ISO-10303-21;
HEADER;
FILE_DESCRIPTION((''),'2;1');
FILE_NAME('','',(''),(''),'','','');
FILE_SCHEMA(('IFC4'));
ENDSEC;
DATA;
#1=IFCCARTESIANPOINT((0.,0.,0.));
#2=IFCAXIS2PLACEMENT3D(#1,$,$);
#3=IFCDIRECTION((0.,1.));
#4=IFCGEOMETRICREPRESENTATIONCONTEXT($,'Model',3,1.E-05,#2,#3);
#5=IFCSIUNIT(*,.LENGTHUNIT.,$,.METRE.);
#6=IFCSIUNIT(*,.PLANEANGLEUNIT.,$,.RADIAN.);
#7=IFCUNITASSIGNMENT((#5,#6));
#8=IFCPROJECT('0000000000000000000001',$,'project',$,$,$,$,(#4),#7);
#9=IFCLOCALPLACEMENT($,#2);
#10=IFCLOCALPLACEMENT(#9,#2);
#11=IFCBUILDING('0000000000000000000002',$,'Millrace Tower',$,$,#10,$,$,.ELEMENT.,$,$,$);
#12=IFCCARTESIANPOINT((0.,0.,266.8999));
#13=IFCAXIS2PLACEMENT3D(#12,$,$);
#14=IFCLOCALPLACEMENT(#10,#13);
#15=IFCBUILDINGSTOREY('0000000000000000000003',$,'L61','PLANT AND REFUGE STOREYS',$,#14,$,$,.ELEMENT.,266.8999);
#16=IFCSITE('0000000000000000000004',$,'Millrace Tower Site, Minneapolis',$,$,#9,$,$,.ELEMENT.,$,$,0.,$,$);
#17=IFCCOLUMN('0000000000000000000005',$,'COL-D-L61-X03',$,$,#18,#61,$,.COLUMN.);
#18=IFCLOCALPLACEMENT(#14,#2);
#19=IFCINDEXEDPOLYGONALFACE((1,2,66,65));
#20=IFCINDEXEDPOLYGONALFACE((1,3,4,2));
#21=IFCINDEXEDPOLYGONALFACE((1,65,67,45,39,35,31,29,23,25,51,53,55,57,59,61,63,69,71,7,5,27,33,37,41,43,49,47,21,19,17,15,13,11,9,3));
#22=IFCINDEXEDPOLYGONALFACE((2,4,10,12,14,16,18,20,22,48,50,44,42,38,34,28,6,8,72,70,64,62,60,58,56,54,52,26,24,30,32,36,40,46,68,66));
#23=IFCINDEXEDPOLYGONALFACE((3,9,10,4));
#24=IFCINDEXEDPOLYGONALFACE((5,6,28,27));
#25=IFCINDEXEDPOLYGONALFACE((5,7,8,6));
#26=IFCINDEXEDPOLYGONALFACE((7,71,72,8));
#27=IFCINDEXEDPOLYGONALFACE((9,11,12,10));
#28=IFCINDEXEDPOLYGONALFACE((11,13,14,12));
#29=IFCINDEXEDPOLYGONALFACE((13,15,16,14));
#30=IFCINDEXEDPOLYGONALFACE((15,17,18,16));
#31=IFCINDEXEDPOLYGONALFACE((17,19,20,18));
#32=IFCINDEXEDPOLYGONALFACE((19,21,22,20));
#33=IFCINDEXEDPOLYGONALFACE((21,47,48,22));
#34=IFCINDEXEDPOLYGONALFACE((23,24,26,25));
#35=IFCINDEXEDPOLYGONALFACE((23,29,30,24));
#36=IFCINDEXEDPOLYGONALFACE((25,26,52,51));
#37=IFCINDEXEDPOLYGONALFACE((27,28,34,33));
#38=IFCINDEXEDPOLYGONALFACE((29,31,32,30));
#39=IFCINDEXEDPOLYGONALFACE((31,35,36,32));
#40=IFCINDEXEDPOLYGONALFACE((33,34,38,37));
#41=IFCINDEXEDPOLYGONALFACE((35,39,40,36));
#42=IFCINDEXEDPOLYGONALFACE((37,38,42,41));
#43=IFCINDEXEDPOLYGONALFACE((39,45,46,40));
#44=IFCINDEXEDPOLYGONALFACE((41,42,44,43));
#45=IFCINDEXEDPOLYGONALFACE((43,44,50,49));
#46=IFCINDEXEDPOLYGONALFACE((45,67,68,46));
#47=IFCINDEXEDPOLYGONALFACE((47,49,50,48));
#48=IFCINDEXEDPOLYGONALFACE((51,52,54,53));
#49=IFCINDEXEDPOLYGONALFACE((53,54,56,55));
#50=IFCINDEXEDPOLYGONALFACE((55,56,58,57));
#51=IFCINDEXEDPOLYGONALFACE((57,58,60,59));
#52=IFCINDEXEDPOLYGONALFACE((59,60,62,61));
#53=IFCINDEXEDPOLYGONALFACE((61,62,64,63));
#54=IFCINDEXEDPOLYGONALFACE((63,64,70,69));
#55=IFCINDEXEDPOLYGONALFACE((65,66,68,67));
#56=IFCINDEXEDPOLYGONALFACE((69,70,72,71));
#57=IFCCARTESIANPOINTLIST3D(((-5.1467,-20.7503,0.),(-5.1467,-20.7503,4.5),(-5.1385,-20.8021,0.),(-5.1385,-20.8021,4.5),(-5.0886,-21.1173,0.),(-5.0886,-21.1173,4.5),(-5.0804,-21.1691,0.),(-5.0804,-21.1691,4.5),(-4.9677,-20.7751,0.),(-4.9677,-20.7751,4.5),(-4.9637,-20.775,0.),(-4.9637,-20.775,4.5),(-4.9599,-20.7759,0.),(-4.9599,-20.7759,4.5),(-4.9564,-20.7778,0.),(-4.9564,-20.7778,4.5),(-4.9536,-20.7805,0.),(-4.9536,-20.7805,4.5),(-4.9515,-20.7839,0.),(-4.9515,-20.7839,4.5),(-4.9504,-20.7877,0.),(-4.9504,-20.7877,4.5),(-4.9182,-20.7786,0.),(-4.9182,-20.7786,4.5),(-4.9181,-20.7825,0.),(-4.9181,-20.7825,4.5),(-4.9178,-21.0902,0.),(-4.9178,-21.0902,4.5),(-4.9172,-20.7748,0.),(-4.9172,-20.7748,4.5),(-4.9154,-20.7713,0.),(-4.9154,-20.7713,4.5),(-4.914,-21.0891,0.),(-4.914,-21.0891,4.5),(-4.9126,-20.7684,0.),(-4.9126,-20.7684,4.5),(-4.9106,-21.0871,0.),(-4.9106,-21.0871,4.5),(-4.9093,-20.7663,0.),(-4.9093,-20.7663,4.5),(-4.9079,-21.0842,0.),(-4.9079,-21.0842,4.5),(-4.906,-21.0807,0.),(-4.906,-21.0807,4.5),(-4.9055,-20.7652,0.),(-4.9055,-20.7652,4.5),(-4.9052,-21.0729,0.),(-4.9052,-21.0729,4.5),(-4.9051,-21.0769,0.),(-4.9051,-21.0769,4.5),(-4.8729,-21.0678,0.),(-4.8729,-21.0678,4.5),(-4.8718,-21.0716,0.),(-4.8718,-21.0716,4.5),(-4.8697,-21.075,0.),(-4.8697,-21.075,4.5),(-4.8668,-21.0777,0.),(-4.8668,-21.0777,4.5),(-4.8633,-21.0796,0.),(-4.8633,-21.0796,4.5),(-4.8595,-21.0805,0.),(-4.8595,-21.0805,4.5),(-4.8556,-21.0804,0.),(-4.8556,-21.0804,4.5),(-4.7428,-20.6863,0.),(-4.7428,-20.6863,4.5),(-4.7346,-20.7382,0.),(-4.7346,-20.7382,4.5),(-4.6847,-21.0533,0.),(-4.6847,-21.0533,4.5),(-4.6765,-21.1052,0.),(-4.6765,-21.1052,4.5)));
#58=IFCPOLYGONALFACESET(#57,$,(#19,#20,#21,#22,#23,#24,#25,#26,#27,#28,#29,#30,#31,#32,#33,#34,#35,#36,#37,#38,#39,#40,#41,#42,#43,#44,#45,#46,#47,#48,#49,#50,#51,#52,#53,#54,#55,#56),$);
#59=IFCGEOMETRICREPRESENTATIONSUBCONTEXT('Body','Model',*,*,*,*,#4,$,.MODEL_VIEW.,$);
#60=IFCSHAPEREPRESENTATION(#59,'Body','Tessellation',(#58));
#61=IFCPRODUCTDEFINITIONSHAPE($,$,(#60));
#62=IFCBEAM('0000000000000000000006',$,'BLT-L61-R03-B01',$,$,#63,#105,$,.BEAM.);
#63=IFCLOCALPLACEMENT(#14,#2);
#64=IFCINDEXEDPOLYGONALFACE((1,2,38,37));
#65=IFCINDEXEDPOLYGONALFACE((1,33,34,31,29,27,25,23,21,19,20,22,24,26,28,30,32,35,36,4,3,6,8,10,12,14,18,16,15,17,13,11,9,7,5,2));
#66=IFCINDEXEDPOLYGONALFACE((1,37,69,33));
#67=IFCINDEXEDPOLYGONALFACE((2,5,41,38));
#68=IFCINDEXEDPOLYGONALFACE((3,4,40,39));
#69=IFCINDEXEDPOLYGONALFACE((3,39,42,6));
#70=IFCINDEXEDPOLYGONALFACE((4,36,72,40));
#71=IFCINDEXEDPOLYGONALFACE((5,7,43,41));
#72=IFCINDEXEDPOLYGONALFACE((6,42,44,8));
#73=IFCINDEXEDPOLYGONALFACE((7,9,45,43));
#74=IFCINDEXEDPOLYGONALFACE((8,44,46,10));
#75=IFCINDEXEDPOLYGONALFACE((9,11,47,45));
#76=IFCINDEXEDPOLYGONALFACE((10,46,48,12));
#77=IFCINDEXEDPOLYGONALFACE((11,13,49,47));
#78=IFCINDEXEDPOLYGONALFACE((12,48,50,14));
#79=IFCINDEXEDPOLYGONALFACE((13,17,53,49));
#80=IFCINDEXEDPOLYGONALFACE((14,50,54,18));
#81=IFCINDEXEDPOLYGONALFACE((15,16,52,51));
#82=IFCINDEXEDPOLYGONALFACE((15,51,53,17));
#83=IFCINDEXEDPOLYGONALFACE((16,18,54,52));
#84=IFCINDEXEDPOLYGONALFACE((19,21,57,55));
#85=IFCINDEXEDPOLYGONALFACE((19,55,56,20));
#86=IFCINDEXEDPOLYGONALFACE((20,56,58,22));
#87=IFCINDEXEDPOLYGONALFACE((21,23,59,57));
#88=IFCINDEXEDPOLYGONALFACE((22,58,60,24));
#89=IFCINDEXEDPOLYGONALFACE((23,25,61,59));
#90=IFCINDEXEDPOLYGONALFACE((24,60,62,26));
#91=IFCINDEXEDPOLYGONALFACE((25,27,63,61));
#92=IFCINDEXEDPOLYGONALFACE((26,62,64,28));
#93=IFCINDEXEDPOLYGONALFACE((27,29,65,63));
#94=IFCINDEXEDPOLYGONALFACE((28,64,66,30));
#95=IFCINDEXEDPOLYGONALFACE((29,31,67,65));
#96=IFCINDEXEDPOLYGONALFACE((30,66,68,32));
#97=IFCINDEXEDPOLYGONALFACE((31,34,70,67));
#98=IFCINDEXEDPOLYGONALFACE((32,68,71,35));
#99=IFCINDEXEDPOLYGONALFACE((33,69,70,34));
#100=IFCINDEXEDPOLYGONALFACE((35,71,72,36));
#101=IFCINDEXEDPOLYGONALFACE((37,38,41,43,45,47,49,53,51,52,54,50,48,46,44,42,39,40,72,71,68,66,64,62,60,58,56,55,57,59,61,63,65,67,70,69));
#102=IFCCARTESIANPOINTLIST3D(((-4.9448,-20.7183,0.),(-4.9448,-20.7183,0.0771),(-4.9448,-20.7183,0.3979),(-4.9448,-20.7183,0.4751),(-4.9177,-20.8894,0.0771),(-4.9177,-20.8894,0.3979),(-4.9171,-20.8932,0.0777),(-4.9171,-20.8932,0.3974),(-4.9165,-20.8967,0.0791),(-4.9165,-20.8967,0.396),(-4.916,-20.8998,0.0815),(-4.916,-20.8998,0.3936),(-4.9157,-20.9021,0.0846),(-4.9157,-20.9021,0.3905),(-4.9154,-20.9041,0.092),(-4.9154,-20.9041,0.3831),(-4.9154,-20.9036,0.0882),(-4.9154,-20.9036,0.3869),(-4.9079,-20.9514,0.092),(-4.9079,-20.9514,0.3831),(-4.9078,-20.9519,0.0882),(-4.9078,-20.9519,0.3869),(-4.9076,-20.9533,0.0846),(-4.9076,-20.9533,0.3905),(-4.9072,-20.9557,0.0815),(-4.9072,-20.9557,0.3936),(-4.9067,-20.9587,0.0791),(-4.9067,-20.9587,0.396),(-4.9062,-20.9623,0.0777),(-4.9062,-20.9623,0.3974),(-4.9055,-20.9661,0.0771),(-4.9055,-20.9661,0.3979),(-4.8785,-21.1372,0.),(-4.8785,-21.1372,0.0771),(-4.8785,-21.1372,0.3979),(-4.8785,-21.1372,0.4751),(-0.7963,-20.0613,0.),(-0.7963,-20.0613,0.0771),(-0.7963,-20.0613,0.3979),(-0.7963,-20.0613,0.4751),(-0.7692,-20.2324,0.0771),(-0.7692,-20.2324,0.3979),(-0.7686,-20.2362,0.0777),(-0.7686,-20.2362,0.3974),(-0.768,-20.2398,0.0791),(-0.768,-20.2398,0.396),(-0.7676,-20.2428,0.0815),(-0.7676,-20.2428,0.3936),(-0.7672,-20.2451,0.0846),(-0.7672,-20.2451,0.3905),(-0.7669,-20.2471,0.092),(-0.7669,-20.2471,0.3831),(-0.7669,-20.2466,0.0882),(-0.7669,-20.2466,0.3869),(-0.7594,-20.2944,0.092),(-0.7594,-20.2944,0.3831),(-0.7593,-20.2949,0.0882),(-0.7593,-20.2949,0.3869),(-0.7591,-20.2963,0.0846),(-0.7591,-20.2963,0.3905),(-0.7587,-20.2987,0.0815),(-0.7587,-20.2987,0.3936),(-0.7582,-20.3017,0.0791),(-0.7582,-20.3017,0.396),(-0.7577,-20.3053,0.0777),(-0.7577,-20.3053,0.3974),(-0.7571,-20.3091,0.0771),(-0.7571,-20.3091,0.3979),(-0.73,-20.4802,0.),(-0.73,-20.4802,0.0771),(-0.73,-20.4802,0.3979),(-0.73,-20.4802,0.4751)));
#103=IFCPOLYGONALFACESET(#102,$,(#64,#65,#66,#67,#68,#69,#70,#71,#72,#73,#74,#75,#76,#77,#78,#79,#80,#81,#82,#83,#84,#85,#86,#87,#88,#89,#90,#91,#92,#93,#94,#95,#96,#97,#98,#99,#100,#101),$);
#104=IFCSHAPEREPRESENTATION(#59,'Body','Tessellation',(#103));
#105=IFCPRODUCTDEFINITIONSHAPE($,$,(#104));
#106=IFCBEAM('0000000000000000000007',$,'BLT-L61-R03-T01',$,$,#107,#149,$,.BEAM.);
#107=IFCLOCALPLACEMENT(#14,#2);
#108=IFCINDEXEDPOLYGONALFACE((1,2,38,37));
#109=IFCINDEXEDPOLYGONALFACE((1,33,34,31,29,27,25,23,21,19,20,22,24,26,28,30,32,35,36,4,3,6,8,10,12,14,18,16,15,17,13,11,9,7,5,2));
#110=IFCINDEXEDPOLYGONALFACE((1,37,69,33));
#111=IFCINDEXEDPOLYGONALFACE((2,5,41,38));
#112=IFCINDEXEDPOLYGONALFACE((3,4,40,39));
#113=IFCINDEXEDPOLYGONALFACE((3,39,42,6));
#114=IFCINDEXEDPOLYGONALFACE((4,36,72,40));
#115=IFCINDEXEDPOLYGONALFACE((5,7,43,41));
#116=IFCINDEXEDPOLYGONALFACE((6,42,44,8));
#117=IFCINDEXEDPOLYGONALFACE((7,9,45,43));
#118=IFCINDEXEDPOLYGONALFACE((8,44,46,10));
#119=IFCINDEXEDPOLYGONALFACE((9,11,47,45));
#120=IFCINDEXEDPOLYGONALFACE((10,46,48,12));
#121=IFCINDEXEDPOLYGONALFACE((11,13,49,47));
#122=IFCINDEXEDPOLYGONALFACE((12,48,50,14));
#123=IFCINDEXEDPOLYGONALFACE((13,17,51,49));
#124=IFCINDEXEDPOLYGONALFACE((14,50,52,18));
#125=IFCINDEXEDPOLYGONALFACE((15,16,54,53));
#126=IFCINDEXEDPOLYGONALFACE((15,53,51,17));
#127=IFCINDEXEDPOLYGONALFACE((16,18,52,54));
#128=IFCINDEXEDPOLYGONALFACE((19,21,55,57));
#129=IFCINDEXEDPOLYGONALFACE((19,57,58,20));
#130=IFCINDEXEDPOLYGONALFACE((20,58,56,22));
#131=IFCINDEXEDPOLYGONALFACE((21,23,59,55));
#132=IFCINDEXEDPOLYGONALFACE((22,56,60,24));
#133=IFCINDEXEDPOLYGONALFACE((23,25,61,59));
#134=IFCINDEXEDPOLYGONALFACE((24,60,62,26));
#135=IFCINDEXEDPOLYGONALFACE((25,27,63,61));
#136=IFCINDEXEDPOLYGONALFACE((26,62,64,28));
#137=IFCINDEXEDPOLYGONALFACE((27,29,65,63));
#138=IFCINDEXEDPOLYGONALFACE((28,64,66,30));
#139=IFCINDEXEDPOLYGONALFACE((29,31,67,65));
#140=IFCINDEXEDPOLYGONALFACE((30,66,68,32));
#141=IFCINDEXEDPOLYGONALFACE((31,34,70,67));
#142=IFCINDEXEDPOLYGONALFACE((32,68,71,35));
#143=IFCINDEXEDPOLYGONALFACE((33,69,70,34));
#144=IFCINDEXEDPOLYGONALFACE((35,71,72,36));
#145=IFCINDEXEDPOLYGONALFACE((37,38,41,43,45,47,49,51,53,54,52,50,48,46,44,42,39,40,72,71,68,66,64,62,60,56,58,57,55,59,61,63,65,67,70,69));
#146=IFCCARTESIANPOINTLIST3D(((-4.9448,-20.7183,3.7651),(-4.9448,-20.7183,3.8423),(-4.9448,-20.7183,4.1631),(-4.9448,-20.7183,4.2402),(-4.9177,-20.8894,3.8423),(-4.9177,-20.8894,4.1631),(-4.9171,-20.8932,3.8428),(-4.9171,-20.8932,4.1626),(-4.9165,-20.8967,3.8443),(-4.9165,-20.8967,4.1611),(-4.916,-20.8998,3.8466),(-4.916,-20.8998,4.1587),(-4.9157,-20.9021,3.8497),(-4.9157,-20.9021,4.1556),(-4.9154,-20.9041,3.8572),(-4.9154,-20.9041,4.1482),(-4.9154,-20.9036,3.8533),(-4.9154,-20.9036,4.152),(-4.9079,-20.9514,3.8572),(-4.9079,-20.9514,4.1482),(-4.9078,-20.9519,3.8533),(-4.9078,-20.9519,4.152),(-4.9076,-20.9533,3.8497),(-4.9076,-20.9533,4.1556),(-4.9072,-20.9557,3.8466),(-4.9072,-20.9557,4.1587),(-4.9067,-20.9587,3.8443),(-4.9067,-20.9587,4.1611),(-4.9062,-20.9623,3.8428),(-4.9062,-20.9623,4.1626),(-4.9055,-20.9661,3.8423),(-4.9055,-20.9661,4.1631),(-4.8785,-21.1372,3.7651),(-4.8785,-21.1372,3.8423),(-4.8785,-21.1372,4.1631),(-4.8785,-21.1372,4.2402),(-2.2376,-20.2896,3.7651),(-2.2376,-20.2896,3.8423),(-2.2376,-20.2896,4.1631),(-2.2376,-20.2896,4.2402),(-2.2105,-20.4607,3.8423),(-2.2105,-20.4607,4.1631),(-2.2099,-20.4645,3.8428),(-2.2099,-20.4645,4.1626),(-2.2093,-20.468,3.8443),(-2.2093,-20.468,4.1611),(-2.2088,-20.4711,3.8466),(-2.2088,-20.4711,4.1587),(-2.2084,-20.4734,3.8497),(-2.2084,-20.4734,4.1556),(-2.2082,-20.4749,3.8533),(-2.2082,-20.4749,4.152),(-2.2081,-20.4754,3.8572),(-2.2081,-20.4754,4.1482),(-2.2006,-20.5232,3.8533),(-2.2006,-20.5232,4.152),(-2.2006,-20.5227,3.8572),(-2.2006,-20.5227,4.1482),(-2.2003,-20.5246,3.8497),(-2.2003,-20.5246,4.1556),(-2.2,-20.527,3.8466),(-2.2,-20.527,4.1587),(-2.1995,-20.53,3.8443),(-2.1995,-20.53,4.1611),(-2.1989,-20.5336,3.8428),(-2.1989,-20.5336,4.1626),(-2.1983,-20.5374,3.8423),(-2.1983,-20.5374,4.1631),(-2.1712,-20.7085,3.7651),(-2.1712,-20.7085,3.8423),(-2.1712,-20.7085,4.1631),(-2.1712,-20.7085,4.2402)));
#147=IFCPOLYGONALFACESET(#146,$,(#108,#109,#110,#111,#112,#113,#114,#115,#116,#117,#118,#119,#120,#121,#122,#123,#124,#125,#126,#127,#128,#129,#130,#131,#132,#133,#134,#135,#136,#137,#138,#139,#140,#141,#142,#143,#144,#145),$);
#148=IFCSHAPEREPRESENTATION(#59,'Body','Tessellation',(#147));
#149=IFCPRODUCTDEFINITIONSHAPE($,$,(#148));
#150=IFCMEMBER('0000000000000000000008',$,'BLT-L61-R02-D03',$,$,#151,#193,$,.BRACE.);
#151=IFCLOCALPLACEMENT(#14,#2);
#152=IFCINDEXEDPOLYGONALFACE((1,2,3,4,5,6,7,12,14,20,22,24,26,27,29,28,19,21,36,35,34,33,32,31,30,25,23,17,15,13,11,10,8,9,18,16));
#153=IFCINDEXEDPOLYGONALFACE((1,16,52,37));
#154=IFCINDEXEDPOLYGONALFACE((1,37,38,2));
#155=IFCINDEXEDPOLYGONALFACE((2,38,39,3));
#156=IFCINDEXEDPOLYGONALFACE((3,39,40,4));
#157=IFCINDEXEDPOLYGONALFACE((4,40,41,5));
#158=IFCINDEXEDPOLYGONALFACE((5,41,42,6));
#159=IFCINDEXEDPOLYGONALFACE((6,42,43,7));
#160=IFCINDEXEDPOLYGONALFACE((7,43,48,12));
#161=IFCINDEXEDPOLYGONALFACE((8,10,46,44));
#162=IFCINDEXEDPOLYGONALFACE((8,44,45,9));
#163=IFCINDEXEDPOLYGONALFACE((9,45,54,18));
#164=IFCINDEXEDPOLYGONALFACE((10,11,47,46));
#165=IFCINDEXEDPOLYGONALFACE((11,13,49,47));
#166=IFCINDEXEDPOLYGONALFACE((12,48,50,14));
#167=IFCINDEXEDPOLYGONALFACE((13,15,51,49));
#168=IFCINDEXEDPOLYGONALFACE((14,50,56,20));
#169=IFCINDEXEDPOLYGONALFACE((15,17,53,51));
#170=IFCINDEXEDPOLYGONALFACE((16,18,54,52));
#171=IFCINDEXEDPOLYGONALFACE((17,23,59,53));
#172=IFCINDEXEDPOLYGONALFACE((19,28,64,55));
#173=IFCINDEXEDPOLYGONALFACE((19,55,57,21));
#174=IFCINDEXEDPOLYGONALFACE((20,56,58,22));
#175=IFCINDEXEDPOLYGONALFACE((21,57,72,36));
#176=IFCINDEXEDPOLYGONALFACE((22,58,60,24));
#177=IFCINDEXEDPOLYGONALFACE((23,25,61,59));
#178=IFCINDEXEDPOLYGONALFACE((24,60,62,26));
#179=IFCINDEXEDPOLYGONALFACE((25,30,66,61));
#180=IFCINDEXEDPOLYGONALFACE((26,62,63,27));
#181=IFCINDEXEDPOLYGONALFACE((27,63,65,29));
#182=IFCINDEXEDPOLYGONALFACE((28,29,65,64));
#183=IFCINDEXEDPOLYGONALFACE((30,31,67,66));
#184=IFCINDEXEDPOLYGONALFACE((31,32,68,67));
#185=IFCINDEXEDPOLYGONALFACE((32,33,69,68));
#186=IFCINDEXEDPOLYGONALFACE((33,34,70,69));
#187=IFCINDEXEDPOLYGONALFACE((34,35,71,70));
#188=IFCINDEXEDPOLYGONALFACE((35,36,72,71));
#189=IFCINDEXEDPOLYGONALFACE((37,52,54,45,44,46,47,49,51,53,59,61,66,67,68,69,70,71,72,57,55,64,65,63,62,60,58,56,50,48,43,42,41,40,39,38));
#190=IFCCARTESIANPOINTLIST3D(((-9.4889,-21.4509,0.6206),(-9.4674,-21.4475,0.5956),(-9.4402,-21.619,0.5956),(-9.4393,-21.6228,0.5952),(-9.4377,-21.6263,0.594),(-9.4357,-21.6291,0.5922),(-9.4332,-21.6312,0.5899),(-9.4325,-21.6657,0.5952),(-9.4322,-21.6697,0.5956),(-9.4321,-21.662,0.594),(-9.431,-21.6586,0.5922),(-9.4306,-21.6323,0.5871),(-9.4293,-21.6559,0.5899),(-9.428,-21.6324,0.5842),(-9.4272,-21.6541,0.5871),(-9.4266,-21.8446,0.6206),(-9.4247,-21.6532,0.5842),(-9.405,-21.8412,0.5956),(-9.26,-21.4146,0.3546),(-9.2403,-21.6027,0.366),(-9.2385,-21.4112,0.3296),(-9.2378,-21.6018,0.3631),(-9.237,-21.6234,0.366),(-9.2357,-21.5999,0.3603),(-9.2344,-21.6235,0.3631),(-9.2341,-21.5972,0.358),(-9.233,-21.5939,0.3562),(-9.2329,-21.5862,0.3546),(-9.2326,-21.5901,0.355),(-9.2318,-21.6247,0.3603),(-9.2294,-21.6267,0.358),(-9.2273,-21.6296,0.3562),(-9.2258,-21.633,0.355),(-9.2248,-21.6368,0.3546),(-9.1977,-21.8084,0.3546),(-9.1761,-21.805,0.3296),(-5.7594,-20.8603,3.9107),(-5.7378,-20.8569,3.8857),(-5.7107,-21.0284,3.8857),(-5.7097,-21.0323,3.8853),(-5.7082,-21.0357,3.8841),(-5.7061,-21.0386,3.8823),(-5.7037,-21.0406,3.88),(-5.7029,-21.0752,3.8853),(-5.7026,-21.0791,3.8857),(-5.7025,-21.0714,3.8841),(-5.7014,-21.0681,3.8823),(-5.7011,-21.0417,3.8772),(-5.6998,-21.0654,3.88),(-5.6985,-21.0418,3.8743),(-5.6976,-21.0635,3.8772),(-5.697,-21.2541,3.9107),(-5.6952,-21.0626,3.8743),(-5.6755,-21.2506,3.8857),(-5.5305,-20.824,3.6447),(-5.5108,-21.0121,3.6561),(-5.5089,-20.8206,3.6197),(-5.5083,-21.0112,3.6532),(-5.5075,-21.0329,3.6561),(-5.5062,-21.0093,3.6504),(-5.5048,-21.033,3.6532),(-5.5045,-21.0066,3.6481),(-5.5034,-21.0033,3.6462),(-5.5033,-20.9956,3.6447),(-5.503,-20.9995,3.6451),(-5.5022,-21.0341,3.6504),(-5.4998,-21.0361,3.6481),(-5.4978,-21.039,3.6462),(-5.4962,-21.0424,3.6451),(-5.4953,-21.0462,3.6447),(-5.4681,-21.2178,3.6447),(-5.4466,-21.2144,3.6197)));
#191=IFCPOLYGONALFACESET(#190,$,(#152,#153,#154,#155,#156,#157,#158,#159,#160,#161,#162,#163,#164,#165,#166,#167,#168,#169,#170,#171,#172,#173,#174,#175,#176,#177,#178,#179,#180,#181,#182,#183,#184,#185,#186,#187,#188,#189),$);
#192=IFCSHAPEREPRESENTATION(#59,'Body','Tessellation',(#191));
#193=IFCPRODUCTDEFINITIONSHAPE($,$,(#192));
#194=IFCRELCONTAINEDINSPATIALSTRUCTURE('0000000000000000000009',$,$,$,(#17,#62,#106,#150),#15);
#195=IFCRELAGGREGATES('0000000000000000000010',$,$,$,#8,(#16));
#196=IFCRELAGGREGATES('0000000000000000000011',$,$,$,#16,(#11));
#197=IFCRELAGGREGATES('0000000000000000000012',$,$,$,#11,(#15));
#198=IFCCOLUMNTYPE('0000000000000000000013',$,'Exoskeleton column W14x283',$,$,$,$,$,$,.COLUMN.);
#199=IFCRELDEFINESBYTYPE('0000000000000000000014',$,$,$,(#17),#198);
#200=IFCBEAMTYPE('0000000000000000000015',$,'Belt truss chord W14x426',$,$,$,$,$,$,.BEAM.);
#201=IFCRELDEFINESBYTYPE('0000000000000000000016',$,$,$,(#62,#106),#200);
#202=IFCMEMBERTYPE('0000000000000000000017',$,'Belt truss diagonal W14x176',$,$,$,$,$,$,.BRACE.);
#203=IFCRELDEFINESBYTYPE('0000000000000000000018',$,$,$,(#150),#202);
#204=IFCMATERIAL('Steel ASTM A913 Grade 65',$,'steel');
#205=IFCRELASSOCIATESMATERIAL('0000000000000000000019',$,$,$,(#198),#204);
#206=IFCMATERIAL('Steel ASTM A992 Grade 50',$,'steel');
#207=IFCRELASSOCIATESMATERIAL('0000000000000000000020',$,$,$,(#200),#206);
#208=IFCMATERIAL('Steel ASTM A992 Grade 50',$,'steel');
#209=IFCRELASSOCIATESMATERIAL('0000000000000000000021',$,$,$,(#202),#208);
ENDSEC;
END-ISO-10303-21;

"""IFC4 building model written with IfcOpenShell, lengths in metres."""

from ifc_helpers import new_model, si_unit, direction, frame, origin, origin_2d, place, context, subcontext, project, spatial, i_section, extrude, material, material_profile, profile_set, type_object, element, save


model = new_model("IFC4")

# Units and contexts
model_context = context("Model", 3, precision=1e-05, world=origin(), true_north=direction((0.0, 1.0)))
body_context = subcontext(model_context, "Body", "Model", "MODEL_VIEW")
ifc_project = project(units=[si_unit("LENGTHUNIT", "METRE"), si_unit("PLANEANGLEUNIT", "RADIAN")], contexts=[model_context])

# Site, building, storey
site_placement = place(None, origin())
site = spatial("IfcSite", under=ifc_project, at=site_placement, Name="Millrace Tower Site, Minneapolis", CompositionType="ELEMENT", RefElevation=0.0)
building_placement = place(site_placement, origin())
building = spatial("IfcBuilding", under=site, at=building_placement, Name="Millrace Tower", CompositionType="ELEMENT")
storey_placement = place(building_placement, frame((0.0, 0.0, 266.8999)))
storey = spatial("IfcBuildingStorey", under=building, at=storey_placement, Name="L61", Description="PLANT AND REFUGE STOREYS", CompositionType="ELEMENT", Elevation=266.8999)

# Column
ifc_material_1 = material(Name="Steel ASTM A913 Grade 65", Category="steel")
ifc_material_profile_1 = material_profile(ifc_material_1, i_section(OverallWidth=0.4089, OverallDepth=0.4241, WebThickness=0.0327, FlangeThickness=0.0525, FilletRadius=0.0151, at=origin_2d()))
ifc_profile_set_1 = profile_set([ifc_material_profile_1], Name="Steel ASTM A913 Grade 65")
column_type = type_object("IfcColumnType", Name="Exoskeleton column W14x283", PredefinedType="COLUMN", material=ifc_profile_set_1)
column_placement = place(storey_placement, frame((-4.9116, -20.9277, 0.0), z_axis=(0.0, 0.0, 1.0), x_axis=(0.987688, 0.156434, 0.0)))
element("IfcColumn", 1, at=column_placement, inside=storey, type_object=column_type, Name="COL-D-L61-X03", PredefinedType="COLUMN", context=body_context, shape_type="SweptSolid", body=[
    extrude(i_section(OverallWidth=0.4089, OverallDepth=0.4241, WebThickness=0.0327, FlangeThickness=0.0525, FilletRadius=0.0151, at=origin_2d()), origin(), (0.0, 0.0, 1.0), 4.5),
])

# Beams
ifc_material_2 = material(Name="Steel ASTM A992 Grade 50", Category="steel")
ifc_material_profile_2 = material_profile(ifc_material_2, i_section(OverallWidth=0.4241, OverallDepth=0.4751, WebThickness=0.0479, FlangeThickness=0.0771, FilletRadius=0.0149, at=origin_2d()))
ifc_profile_set_2 = profile_set([ifc_material_profile_2], Name="Steel ASTM A992 Grade 50")
beam_type_1 = type_object("IfcBeamType", Name="Belt truss chord W14x426", PredefinedType="BEAM", material=ifc_profile_set_2)
beam_1_placement = place(storey_placement, frame((-4.9116, -20.9277, 0.2375), z_axis=(0.987691, 0.156419, 0.0), x_axis=(-0.156419, 0.987691, 0.0)))
element("IfcBeam", 2, at=beam_1_placement, inside=storey, type_object=beam_type_1, Name="BLT-L61-R03-B01", PredefinedType="BEAM", context=body_context, shape_type="SweptSolid", body=[
    extrude(i_section(OverallWidth=0.4241, OverallDepth=0.4751, WebThickness=0.0479, FlangeThickness=0.0771, FilletRadius=0.0149, at=origin_2d()), origin(), (0.0, 0.0, 1.0), 4.2002),
])
beam_2_placement = place(storey_placement, frame((-4.9116, -20.9277, 4.0027), z_axis=(0.987693, 0.156406, 0.0), x_axis=(-0.156406, 0.987693, 0.0)))
element("IfcBeam", 3, at=beam_2_placement, inside=storey, type_object=beam_type_1, Name="BLT-L61-R03-T01", PredefinedType="BEAM", context=body_context, shape_type="SweptSolid", body=[
    extrude(i_section(OverallWidth=0.4241, OverallDepth=0.4751, WebThickness=0.0479, FlangeThickness=0.0771, FilletRadius=0.0149, at=origin_2d()), origin(), (0.0, 0.0, 1.0), 2.741),
])

# Member
ifc_material_3 = material(Name="Steel ASTM A992 Grade 50", Category="steel")
ifc_material_profile_3 = material_profile(ifc_material_3, i_section(OverallWidth=0.3987, OverallDepth=0.386, WebThickness=0.021, FlangeThickness=0.0332, FilletRadius=0.0151, at=origin_2d()))
ifc_profile_set_3 = profile_set([ifc_material_profile_3], Name="Steel ASTM A992 Grade 50")
member_type_1 = type_object("IfcMemberType", Name="Belt truss diagonal W14x176", PredefinedType="BRACE", material=ifc_profile_set_3)
member_1_placement = place(storey_placement, frame((-9.3325, -21.6279, 0.4751), z_axis=(0.744674, 0.117921, 0.656928), x_axis=(-0.156404, 0.987693, 0.0)))
element("IfcMember", 4, at=member_1_placement, inside=storey, type_object=member_type_1, Name="BLT-L61-R02-D03", PredefinedType="BRACE", context=body_context, shape_type="SweptSolid", body=[
    extrude(i_section(OverallWidth=0.3987, OverallDepth=0.386, WebThickness=0.021, FlangeThickness=0.0332, FilletRadius=0.0151, at=origin_2d()), origin(), (0.0, 0.0, 1.0), 5.0083),
])

save(model, "model.ifc")
